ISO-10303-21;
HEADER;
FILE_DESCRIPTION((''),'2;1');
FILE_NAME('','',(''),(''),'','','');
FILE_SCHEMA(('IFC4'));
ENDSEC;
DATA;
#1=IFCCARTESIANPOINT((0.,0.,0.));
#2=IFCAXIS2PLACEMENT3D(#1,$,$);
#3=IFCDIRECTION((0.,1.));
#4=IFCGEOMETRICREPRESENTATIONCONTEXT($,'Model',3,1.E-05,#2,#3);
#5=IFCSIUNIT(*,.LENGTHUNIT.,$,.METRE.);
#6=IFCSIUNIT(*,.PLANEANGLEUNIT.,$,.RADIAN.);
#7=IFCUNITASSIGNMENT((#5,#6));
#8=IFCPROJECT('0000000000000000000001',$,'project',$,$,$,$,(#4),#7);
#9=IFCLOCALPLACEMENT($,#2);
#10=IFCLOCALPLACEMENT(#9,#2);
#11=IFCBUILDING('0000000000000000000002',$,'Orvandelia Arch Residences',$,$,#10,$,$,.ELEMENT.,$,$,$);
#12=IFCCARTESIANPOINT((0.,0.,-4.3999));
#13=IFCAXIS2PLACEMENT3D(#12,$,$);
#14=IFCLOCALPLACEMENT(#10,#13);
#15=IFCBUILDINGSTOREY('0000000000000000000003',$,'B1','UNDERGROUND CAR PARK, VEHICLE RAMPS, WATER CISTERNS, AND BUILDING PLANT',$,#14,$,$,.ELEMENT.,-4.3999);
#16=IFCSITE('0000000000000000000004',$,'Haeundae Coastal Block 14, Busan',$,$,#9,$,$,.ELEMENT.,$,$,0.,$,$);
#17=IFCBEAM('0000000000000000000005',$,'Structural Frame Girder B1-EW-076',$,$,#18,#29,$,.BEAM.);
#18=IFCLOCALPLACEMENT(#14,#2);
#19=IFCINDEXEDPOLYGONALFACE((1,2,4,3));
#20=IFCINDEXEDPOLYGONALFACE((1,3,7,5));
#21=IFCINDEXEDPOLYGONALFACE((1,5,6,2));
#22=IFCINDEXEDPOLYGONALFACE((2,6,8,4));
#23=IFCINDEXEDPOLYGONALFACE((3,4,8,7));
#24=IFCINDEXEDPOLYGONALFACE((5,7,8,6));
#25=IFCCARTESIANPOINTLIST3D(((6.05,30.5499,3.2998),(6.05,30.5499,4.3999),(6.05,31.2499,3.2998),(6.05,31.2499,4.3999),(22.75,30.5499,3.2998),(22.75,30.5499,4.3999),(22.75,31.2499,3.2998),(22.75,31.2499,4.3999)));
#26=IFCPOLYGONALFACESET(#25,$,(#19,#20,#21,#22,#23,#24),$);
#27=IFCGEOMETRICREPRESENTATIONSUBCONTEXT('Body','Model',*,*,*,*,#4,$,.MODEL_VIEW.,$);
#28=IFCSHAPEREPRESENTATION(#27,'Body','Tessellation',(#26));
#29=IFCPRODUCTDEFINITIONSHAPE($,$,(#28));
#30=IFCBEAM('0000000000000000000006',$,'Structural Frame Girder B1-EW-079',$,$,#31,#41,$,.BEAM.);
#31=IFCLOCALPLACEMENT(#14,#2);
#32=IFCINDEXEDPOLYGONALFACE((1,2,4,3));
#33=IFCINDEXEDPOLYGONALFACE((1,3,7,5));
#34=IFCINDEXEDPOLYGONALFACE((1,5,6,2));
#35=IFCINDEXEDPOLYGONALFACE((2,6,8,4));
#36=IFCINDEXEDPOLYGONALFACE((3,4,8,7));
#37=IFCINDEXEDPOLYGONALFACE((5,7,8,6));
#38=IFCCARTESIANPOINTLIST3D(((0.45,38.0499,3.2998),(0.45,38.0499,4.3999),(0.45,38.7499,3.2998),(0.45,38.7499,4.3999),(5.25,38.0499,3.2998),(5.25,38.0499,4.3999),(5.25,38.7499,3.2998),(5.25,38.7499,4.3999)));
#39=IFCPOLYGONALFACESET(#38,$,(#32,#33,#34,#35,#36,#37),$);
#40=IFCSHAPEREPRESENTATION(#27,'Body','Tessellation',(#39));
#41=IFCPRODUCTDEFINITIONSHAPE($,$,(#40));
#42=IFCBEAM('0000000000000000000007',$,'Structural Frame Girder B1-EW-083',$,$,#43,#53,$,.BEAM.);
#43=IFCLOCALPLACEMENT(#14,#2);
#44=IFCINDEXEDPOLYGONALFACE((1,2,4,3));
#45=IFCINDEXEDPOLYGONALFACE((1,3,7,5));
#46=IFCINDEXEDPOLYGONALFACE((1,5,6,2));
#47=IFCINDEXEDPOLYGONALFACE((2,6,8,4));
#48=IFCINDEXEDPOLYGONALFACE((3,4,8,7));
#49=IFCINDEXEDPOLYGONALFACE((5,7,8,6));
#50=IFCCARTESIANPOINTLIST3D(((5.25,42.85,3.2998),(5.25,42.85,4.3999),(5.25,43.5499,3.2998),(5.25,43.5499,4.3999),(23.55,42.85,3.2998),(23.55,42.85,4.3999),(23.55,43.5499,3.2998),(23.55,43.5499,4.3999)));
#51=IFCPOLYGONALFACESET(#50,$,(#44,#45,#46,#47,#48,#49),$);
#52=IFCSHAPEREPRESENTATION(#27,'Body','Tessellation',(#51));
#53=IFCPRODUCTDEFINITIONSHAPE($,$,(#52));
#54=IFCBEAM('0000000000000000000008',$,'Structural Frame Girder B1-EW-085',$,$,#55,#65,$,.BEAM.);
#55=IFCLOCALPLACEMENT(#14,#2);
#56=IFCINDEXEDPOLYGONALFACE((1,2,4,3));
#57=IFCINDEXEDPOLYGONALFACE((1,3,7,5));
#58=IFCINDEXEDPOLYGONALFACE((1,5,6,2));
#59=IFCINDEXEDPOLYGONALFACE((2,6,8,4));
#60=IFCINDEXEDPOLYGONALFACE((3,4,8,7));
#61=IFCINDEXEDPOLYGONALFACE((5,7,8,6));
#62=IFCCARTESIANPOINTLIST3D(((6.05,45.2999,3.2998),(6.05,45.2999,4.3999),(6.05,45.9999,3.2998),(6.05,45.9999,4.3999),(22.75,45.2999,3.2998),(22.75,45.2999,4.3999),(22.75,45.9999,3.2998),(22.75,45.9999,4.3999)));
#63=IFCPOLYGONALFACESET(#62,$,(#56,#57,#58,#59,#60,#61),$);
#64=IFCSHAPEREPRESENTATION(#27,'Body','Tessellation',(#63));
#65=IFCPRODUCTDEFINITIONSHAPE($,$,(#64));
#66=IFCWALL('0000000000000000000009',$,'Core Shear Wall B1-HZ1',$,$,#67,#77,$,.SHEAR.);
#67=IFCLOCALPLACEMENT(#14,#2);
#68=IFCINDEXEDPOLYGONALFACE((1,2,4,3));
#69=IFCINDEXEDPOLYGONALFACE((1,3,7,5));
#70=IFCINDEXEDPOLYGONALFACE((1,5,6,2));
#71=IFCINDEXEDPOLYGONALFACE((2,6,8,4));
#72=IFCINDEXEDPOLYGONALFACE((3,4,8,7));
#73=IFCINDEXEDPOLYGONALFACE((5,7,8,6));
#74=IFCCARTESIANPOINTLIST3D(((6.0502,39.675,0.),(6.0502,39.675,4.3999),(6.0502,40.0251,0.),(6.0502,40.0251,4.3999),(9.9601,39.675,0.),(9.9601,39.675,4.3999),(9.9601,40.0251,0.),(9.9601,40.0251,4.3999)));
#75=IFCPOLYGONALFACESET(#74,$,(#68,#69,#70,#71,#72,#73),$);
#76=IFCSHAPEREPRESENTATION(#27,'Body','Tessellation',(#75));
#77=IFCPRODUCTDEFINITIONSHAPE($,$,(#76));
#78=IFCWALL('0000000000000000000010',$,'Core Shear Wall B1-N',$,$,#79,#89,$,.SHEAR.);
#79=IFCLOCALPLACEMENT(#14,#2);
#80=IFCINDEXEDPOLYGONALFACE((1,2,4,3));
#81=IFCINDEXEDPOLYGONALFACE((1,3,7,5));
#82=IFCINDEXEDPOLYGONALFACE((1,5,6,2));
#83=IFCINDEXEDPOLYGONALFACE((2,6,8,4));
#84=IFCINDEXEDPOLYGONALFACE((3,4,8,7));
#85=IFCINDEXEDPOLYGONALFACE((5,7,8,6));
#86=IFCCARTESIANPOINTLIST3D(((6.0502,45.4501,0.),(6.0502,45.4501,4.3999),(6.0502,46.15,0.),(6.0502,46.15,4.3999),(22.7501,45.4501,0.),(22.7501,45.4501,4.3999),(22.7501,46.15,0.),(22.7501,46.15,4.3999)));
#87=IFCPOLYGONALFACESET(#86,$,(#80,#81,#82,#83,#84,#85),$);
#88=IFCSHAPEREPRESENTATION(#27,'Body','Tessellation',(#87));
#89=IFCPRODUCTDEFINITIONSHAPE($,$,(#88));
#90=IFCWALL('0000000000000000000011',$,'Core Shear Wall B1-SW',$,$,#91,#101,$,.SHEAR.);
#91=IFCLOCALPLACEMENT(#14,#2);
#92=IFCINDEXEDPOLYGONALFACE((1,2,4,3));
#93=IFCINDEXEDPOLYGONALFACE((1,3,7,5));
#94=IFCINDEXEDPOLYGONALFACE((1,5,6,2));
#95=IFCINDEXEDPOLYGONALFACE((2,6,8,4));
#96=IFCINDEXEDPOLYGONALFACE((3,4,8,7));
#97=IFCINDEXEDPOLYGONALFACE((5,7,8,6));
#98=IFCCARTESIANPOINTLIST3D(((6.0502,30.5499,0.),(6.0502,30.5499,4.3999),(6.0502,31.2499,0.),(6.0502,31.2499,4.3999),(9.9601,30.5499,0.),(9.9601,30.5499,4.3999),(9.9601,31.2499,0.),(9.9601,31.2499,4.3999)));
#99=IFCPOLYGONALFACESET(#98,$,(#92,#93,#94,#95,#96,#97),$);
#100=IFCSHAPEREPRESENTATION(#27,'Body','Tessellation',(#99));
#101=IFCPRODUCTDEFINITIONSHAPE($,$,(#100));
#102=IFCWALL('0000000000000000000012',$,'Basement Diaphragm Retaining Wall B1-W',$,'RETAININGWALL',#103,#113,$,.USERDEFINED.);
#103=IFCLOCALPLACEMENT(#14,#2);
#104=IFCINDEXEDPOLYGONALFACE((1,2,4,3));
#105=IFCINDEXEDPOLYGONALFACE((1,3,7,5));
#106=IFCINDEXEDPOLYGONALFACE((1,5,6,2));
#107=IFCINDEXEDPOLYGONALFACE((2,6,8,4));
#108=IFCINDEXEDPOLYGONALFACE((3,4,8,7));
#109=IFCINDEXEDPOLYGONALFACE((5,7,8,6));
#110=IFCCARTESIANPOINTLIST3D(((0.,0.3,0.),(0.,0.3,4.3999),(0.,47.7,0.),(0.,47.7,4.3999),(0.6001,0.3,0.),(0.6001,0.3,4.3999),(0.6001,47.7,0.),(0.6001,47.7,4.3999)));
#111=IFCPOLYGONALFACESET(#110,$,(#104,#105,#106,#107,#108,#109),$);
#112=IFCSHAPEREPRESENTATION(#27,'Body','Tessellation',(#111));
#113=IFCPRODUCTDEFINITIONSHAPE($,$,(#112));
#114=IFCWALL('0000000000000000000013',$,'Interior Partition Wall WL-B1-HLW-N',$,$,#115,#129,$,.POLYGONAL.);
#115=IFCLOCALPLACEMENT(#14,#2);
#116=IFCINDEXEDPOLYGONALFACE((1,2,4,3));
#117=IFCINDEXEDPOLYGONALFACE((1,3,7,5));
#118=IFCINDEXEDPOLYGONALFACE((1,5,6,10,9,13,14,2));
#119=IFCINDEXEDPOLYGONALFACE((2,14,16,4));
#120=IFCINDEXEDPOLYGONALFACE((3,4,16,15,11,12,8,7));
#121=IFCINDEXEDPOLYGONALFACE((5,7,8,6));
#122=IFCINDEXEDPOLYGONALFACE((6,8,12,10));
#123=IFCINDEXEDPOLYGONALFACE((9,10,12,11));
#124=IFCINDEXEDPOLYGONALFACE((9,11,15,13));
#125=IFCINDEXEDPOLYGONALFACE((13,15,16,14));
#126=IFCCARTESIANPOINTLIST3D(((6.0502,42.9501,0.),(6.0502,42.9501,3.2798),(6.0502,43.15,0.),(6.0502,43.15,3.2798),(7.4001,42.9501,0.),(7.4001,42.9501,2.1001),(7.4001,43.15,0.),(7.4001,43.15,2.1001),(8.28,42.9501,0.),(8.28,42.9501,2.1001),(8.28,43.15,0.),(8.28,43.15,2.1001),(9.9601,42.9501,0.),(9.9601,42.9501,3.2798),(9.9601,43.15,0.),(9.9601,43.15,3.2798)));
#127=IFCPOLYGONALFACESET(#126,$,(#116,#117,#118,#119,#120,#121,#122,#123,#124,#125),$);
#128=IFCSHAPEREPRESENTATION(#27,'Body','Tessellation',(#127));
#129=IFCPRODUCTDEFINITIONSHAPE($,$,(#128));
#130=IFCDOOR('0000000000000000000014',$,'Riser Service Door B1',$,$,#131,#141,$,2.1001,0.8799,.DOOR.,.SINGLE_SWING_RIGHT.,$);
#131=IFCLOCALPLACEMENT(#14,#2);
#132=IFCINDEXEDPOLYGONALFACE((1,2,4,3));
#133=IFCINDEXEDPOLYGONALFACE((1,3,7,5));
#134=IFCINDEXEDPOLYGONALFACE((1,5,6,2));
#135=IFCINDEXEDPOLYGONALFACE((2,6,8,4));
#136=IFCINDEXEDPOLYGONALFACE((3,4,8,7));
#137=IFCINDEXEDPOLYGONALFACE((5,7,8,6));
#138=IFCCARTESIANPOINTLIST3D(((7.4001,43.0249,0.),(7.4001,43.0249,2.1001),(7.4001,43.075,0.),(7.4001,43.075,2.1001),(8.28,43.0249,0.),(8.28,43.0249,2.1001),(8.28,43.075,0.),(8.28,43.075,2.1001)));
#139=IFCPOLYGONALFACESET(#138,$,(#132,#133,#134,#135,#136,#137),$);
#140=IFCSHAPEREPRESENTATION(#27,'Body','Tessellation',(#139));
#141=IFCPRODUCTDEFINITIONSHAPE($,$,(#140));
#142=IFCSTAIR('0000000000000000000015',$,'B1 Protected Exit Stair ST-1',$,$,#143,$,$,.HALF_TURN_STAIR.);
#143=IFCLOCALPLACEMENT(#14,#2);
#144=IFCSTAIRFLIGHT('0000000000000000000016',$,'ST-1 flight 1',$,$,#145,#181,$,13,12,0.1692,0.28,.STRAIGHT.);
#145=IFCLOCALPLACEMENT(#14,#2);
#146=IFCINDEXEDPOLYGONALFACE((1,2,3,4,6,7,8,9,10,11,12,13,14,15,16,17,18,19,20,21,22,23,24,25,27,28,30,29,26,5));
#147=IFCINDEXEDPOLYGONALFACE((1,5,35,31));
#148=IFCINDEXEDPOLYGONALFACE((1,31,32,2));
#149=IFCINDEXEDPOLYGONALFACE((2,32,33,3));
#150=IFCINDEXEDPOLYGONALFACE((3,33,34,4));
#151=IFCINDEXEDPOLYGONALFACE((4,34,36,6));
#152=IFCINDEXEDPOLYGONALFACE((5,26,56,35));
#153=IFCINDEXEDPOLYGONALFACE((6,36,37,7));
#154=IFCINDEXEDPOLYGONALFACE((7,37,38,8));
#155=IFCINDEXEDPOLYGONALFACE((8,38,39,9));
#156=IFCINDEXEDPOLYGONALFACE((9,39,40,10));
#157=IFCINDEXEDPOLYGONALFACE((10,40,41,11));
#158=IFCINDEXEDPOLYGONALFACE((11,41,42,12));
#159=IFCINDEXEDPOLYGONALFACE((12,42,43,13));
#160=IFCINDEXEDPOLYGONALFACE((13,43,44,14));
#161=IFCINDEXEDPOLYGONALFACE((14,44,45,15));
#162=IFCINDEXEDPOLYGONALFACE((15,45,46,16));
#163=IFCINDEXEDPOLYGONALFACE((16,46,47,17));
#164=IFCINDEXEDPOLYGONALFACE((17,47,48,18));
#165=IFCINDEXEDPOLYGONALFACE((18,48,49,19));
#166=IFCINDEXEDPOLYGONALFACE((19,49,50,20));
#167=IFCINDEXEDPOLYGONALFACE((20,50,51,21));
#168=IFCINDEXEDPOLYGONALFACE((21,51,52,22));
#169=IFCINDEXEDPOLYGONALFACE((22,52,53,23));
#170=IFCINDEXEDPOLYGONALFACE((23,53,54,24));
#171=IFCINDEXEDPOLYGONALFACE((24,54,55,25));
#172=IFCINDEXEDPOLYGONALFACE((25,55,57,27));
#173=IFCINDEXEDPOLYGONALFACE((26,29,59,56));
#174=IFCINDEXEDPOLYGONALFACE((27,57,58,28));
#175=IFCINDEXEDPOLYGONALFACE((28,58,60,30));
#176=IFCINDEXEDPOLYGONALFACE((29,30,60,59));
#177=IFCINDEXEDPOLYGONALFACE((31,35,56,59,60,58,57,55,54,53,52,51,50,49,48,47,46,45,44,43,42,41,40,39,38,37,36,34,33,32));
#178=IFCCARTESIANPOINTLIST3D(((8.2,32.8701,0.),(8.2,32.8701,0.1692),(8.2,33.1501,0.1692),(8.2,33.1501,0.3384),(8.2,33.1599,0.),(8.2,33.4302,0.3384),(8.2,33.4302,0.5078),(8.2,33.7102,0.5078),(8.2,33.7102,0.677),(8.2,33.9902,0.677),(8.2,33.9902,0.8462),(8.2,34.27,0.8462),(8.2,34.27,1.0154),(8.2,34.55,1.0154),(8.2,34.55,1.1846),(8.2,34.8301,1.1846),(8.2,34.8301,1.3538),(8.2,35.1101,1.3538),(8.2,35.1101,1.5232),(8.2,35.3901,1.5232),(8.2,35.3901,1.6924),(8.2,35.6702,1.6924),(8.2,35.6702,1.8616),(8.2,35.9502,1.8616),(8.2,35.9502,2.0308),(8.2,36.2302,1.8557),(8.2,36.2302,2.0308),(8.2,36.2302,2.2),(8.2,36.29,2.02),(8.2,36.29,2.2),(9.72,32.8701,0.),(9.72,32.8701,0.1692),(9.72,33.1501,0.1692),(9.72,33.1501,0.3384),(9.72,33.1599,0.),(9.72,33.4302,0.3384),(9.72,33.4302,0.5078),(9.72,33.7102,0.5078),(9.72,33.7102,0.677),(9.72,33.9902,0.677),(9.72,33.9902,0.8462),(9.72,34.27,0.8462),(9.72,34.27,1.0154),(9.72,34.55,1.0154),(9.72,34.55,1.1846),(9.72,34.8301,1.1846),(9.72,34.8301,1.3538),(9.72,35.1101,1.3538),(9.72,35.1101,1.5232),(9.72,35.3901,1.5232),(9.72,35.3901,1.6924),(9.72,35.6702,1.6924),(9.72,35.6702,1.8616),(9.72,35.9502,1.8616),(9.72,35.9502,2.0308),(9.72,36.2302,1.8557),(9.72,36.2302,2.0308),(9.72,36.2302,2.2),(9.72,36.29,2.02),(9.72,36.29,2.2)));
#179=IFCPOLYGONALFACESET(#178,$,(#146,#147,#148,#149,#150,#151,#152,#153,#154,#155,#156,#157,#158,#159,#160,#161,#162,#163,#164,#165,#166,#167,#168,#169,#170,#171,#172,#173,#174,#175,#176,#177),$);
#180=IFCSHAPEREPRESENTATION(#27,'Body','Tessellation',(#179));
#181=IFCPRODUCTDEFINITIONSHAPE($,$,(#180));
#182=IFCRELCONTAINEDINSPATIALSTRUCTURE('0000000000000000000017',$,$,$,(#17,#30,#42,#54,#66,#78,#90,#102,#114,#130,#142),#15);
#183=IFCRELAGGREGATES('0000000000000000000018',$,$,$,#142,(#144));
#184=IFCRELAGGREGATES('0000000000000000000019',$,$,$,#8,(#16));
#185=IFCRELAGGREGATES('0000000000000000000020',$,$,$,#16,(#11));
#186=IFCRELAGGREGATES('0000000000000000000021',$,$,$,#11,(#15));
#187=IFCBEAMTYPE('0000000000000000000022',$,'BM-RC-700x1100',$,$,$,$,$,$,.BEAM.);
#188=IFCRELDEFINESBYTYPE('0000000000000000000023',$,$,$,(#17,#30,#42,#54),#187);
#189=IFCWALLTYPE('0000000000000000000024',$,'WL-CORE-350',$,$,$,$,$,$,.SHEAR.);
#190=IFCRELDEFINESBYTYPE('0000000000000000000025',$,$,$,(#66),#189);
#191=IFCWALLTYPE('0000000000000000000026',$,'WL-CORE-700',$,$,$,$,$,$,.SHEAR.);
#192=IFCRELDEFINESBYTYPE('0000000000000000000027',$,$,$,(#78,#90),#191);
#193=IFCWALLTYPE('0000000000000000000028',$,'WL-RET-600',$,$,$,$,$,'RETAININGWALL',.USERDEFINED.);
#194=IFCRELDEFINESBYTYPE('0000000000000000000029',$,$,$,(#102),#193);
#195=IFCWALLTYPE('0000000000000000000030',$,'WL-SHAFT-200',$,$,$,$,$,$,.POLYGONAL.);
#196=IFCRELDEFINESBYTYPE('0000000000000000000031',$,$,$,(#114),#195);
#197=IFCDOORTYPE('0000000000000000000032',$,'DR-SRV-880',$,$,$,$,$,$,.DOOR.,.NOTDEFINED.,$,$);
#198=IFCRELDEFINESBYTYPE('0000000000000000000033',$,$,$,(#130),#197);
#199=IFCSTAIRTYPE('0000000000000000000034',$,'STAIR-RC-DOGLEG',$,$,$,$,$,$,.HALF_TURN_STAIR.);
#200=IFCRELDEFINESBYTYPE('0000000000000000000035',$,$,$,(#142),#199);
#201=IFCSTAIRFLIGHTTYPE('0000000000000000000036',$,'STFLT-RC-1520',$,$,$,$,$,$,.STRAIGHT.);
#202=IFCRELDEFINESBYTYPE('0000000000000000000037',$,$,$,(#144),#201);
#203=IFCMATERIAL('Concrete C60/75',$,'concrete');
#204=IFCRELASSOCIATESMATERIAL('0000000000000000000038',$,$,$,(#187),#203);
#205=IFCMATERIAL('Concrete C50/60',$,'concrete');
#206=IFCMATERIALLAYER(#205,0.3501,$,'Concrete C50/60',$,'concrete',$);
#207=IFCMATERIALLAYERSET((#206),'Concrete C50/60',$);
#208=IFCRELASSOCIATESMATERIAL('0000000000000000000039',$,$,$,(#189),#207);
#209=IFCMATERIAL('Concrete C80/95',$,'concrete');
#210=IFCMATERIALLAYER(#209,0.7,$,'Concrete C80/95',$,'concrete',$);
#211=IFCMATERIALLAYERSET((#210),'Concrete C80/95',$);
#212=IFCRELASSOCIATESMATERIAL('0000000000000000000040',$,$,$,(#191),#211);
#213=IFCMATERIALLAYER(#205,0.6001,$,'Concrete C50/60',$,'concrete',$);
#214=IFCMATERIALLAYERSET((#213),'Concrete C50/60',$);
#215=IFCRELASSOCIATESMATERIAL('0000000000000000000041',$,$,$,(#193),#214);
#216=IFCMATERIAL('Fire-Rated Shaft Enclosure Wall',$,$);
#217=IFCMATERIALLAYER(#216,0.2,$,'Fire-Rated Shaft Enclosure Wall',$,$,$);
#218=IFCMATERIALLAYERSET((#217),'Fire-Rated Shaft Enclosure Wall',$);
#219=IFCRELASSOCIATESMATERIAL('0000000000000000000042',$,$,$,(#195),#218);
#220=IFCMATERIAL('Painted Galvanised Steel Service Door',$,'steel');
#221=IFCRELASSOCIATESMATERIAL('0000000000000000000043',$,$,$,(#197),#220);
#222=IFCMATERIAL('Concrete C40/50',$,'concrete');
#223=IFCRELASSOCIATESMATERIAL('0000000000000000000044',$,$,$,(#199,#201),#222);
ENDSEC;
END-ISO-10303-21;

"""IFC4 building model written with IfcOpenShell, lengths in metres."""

from ifc_helpers import new_model, si_unit, direction, frame, frame_2d, origin, origin_2d, place, context, subcontext, project, spatial, polyline, rectangle, outline, extrude, material, layer, layer_set, material_profile, profile_set, type_object, element, fill, aggregate, save


model = new_model("IFC4")

# Units and contexts
model_context = context("Model", 3, precision=1e-05, world=origin(), true_north=direction((0.0, 1.0)))
body_context = subcontext(model_context, "Body", "Model", "MODEL_VIEW")
ifc_project = project(units=[si_unit("LENGTHUNIT", "METRE"), si_unit("PLANEANGLEUNIT", "RADIAN")], contexts=[model_context])

# Site, building, storey
site_placement = place(None, origin())
site = spatial("IfcSite", under=ifc_project, at=site_placement, Name="Haeundae Coastal Block 14, Busan", CompositionType="ELEMENT", RefElevation=0.0)
building_placement = place(site_placement, origin())
building = spatial("IfcBuilding", under=site, at=building_placement, Name="Orvandelia Arch Residences", CompositionType="ELEMENT")
storey_placement = place(building_placement, frame((0.0, 0.0, -4.3999)))
storey = spatial("IfcBuildingStorey", under=building, at=storey_placement, Name="B1", Description="UNDERGROUND CAR PARK, VEHICLE RAMPS, WATER CISTERNS, AND BUILDING PLANT", CompositionType="ELEMENT", Elevation=-4.3999)

# Shared definitions
ifc_material_1 = material(Name="Concrete C60/75", Category="concrete")
ifc_material_2 = material(Name="Concrete C80/95", Category="concrete")

# Beams
ifc_material_profile_1 = material_profile(ifc_material_1, rectangle(XDim=0.7, YDim=1.1001, at=origin_2d()), Name="Concrete C60/75", Category="concrete")
ifc_profile_set_1 = profile_set([ifc_material_profile_1], Name="Concrete C60/75")
beam_type = type_object("IfcBeamType", Name="BM-RC-700x1100", PredefinedType="BEAM", material=ifc_profile_set_1)
beam_1_placement = place(storey_placement, frame((6.05, 30.8999, 3.8499), z_axis=(1.0, 0.0, 0.0), x_axis=(0.0, 1.0, 0.0)))
element("IfcBeam", 1, at=beam_1_placement, inside=storey, type_object=beam_type, Name="Structural Frame Girder B1-EW-076", PredefinedType="BEAM", context=body_context, shape_type="SweptSolid", body=[
    extrude(rectangle(XDim=0.7, YDim=1.1001, at=origin_2d()), origin(), (0.0, 0.0, 1.0), 16.7),
])
beam_2_placement = place(storey_placement, frame((0.45, 38.3999, 3.8499), z_axis=(1.0, 0.0, 0.0), x_axis=(0.0, 1.0, 0.0)))
element("IfcBeam", 2, at=beam_2_placement, inside=storey, type_object=beam_type, Name="Structural Frame Girder B1-EW-079", PredefinedType="BEAM", context=body_context, shape_type="SweptSolid", body=[
    extrude(rectangle(XDim=0.7, YDim=1.1001, at=origin_2d()), origin(), (0.0, 0.0, 1.0), 4.8),
])
beam_3_placement = place(storey_placement, frame((5.25, 43.2, 3.8499), z_axis=(1.0, 0.0, 0.0), x_axis=(0.0, 1.0, 0.0)))
element("IfcBeam", 3, at=beam_3_placement, inside=storey, type_object=beam_type, Name="Structural Frame Girder B1-EW-083", PredefinedType="BEAM", context=body_context, shape_type="SweptSolid", body=[
    extrude(rectangle(XDim=0.7, YDim=1.1001, at=origin_2d()), origin(), (0.0, 0.0, 1.0), 18.3),
])
beam_4_placement = place(storey_placement, frame((6.05, 45.6499, 3.8499), z_axis=(1.0, 0.0, 0.0), x_axis=(0.0, 1.0, 0.0)))
element("IfcBeam", 4, at=beam_4_placement, inside=storey, type_object=beam_type, Name="Structural Frame Girder B1-EW-085", PredefinedType="BEAM", context=body_context, shape_type="SweptSolid", body=[
    extrude(rectangle(XDim=0.7, YDim=1.1001, at=origin_2d()), origin(), (0.0, 0.0, 1.0), 16.7),
])

# Walls
ifc_material_3 = material(Name="Concrete C50/60", Category="concrete")
ifc_layer_1 = layer(ifc_material_3, 0.3501, Name="Concrete C50/60", Category="concrete")
ifc_layer_set_1 = layer_set([ifc_layer_1], Name="Concrete C50/60")
wall_type_1 = type_object("IfcWallType", Name="WL-CORE-350", PredefinedType="SHEAR", material=ifc_layer_set_1)
wall_1_placement = place(storey_placement, frame((6.05, 39.8501, 0.0), z_axis=(0.0, 0.0, 1.0), x_axis=(1.0, 0.0, 0.0)))
element("IfcWall", 5, at=wall_1_placement, inside=storey, type_object=wall_type_1, Name="Core Shear Wall B1-HZ1", PredefinedType="SHEAR", context=body_context, shape_type="SweptSolid", body=[
    extrude(rectangle(XDim=3.9099, YDim=0.3501, at=frame_2d((1.9551, 0.0))), origin(), (0.0, 0.0, 1.0), 4.3999),
])
ifc_layer_2 = layer(ifc_material_2, 0.7, Name="Concrete C80/95", Category="concrete")
ifc_layer_set_2 = layer_set([ifc_layer_2], Name="Concrete C80/95")
wall_type_2 = type_object("IfcWallType", Name="WL-CORE-700", PredefinedType="SHEAR", material=ifc_layer_set_2)
wall_2_placement = place(storey_placement, frame((6.05, 45.8, 0.0), z_axis=(0.0, 0.0, 1.0), x_axis=(1.0, 0.0, 0.0)))
element("IfcWall", 6, at=wall_2_placement, inside=storey, type_object=wall_type_2, Name="Core Shear Wall B1-N", PredefinedType="SHEAR", context=body_context, shape_type="SweptSolid", body=[
    extrude(rectangle(XDim=16.7, YDim=0.7, at=frame_2d((8.3501, 0.0))), origin(), (0.0, 0.0, 1.0), 4.3999),
])
wall_3_placement = place(storey_placement, frame((6.05, 30.8999, 0.0), z_axis=(0.0, 0.0, 1.0), x_axis=(1.0, 0.0, 0.0)))
element("IfcWall", 7, at=wall_3_placement, inside=storey, type_object=wall_type_2, Name="Core Shear Wall B1-SW", PredefinedType="SHEAR", context=body_context, shape_type="SweptSolid", body=[
    extrude(rectangle(XDim=3.9099, YDim=0.7, at=frame_2d((1.9551, 0.0))), origin(), (0.0, 0.0, 1.0), 4.3999),
])

# Wall
ifc_layer_3 = layer(ifc_material_3, 0.6001, Name="Concrete C50/60", Category="concrete")
ifc_layer_set_3 = layer_set([ifc_layer_3], Name="Concrete C50/60")
wall_type_3 = type_object("IfcWallType", Name="WL-RET-600", ElementType="RETAININGWALL", PredefinedType="USERDEFINED", material=ifc_layer_set_3)
wall_4_placement = place(storey_placement, frame((0.3, 47.7, 0.0), z_axis=(0.0, 0.0, 1.0), x_axis=(0.0, -1.0, 0.0)))
element("IfcWall", 8, at=wall_4_placement, inside=storey, type_object=wall_type_3, Name="Basement Diaphragm Retaining Wall B1-W", ObjectType="RETAININGWALL", PredefinedType="USERDEFINED", context=body_context, shape_type="SweptSolid", body=[
    extrude(rectangle(XDim=47.3999, YDim=0.6001, at=frame_2d((23.7, 0.0))), origin(), (0.0, 0.0, 1.0), 4.3999),
])

# Wall, opening, door
ifc_material_4 = material(Name="Fire-Rated Shaft Enclosure Wall")
ifc_layer_4 = layer(ifc_material_4, 0.2, Name="Fire-Rated Shaft Enclosure Wall")
ifc_layer_set_4 = layer_set([ifc_layer_4], Name="Fire-Rated Shaft Enclosure Wall")
wall_type_4 = type_object("IfcWallType", Name="WL-SHAFT-200", PredefinedType="POLYGONAL", material=ifc_layer_set_4)
wall_5_placement = place(storey_placement, frame((6.05, 43.05, 0.0), z_axis=(0.0, 0.0, 1.0), x_axis=(1.0, 0.0, 0.0)))
wall_5 = element("IfcWall", 9, at=wall_5_placement, inside=storey, type_object=wall_type_4, Name="Interior Partition Wall WL-B1-HLW-N", PredefinedType="POLYGONAL", context=body_context, shape_type="SweptSolid", body=[
    extrude(rectangle(XDim=3.9099, YDim=0.2, at=frame_2d((1.9551, 0.0))), origin(), (0.0, 0.0, 1.0), 3.2798),
])
opening_1_placement = place(wall_5_placement, frame((1.3501, 0.0, 0.0)))
opening_1 = element("IfcOpeningElement", 10, at=opening_1_placement, cuts=wall_5, PredefinedType="OPENING", context=body_context, shape_type="SweptSolid", body=[
    extrude(rectangle(XDim=0.8799, YDim=2.1001, at=frame_2d((0.4399, 1.05))), frame((0.0, 0.1099, 0.0), z_axis=(0.0, -1.0, 0.0), x_axis=(1.0, 0.0, 0.0)), (0.0, 0.0, 1.0), 0.22),
])
ifc_material_5 = material(Name="Painted Galvanised Steel Service Door", Category="steel")
door_type_1 = type_object("IfcDoorType", Name="DR-SRV-880", OperationType="NOTDEFINED", PredefinedType="DOOR", material=ifc_material_5)
door_1_placement = place(opening_1_placement, origin())
door_1 = element("IfcDoor", 11, at=door_1_placement, inside=storey, type_object=door_type_1, Name="Riser Service Door B1", OperationType="SINGLE_SWING_RIGHT", OverallHeight=2.1001, OverallWidth=0.8799, PredefinedType="DOOR", context=body_context, shape_type="SweptSolid", body=[
    extrude(rectangle(XDim=0.8799, YDim=2.1001, at=frame_2d((0.4399, 1.05))), frame((0.0, 0.0249, 0.0), z_axis=(0.0, -1.0, 0.0), x_axis=(1.0, 0.0, 0.0)), (0.0, 0.0, 1.0), 0.05),
])
fill(opening_1, door_1)

# Stair, stair flight
ifc_material_6 = material(Name="Concrete C40/50", Category="concrete")
stair_type = type_object("IfcStairType", Name="STAIR-RC-DOGLEG", PredefinedType="HALF_TURN_STAIR", material=ifc_material_6)
stair_placement = place(storey_placement, origin())
stair = element("IfcStair", 12, at=stair_placement, inside=storey, type_object=stair_type, Name="B1 Protected Exit Stair ST-1", PredefinedType="HALF_TURN_STAIR")
stair_flight_type = type_object("IfcStairFlightType", Name="STFLT-RC-1520", PredefinedType="STRAIGHT", material=ifc_material_6)
stair_flight_1_placement = place(storey_placement, frame((8.96, 32.8701, 0.0), z_axis=(0.0, 0.0, 1.0), x_axis=(0.0, 1.0, 0.0)))
stair_flight_1 = element("IfcStairFlight", 13, at=stair_flight_1_placement, type_object=stair_flight_type, Name="ST-1 flight 1", NumberOfRisers=13, NumberOfTreads=12, PredefinedType="STRAIGHT", RiserHeight=0.1692, TreadLength=0.28, context=body_context, shape_type="SweptSolid", body=[
    extrude(outline(polyline([(0.0, 0.0), (0.0, 0.1692), (0.28, 0.1692), (0.28, 0.3384), (0.5601, 0.3384), (0.5601, 0.5078), (0.8401, 0.5078), (0.8401, 0.677), (1.1201, 0.677), (1.1201, 0.8462), (1.3999, 0.8462), (1.3999, 1.0154), (1.6799, 1.0154), (1.6799, 1.1846), (1.96, 1.1846), (1.96, 1.3538), (2.24, 1.3538), (2.24, 1.5232), (2.52, 1.5232), (2.52, 1.6924), (2.8, 1.6924), (2.8, 1.8616), (3.0801, 1.8616), (3.0801, 2.0308), (3.3601, 2.0308), (3.3601, 2.2), (3.4199, 2.2), (3.4199, 2.02), (3.3601, 1.8557), (0.2898, 0.0), (0.0, 0.0)])), frame((0.0, 0.76, 0.0), z_axis=(0.0, -1.0, 0.0), x_axis=(1.0, 0.0, 0.0)), (0.0, 0.0, 1.0), 1.52),
])
aggregate(stair, [stair_flight_1])

save(model, "model.ifc")
